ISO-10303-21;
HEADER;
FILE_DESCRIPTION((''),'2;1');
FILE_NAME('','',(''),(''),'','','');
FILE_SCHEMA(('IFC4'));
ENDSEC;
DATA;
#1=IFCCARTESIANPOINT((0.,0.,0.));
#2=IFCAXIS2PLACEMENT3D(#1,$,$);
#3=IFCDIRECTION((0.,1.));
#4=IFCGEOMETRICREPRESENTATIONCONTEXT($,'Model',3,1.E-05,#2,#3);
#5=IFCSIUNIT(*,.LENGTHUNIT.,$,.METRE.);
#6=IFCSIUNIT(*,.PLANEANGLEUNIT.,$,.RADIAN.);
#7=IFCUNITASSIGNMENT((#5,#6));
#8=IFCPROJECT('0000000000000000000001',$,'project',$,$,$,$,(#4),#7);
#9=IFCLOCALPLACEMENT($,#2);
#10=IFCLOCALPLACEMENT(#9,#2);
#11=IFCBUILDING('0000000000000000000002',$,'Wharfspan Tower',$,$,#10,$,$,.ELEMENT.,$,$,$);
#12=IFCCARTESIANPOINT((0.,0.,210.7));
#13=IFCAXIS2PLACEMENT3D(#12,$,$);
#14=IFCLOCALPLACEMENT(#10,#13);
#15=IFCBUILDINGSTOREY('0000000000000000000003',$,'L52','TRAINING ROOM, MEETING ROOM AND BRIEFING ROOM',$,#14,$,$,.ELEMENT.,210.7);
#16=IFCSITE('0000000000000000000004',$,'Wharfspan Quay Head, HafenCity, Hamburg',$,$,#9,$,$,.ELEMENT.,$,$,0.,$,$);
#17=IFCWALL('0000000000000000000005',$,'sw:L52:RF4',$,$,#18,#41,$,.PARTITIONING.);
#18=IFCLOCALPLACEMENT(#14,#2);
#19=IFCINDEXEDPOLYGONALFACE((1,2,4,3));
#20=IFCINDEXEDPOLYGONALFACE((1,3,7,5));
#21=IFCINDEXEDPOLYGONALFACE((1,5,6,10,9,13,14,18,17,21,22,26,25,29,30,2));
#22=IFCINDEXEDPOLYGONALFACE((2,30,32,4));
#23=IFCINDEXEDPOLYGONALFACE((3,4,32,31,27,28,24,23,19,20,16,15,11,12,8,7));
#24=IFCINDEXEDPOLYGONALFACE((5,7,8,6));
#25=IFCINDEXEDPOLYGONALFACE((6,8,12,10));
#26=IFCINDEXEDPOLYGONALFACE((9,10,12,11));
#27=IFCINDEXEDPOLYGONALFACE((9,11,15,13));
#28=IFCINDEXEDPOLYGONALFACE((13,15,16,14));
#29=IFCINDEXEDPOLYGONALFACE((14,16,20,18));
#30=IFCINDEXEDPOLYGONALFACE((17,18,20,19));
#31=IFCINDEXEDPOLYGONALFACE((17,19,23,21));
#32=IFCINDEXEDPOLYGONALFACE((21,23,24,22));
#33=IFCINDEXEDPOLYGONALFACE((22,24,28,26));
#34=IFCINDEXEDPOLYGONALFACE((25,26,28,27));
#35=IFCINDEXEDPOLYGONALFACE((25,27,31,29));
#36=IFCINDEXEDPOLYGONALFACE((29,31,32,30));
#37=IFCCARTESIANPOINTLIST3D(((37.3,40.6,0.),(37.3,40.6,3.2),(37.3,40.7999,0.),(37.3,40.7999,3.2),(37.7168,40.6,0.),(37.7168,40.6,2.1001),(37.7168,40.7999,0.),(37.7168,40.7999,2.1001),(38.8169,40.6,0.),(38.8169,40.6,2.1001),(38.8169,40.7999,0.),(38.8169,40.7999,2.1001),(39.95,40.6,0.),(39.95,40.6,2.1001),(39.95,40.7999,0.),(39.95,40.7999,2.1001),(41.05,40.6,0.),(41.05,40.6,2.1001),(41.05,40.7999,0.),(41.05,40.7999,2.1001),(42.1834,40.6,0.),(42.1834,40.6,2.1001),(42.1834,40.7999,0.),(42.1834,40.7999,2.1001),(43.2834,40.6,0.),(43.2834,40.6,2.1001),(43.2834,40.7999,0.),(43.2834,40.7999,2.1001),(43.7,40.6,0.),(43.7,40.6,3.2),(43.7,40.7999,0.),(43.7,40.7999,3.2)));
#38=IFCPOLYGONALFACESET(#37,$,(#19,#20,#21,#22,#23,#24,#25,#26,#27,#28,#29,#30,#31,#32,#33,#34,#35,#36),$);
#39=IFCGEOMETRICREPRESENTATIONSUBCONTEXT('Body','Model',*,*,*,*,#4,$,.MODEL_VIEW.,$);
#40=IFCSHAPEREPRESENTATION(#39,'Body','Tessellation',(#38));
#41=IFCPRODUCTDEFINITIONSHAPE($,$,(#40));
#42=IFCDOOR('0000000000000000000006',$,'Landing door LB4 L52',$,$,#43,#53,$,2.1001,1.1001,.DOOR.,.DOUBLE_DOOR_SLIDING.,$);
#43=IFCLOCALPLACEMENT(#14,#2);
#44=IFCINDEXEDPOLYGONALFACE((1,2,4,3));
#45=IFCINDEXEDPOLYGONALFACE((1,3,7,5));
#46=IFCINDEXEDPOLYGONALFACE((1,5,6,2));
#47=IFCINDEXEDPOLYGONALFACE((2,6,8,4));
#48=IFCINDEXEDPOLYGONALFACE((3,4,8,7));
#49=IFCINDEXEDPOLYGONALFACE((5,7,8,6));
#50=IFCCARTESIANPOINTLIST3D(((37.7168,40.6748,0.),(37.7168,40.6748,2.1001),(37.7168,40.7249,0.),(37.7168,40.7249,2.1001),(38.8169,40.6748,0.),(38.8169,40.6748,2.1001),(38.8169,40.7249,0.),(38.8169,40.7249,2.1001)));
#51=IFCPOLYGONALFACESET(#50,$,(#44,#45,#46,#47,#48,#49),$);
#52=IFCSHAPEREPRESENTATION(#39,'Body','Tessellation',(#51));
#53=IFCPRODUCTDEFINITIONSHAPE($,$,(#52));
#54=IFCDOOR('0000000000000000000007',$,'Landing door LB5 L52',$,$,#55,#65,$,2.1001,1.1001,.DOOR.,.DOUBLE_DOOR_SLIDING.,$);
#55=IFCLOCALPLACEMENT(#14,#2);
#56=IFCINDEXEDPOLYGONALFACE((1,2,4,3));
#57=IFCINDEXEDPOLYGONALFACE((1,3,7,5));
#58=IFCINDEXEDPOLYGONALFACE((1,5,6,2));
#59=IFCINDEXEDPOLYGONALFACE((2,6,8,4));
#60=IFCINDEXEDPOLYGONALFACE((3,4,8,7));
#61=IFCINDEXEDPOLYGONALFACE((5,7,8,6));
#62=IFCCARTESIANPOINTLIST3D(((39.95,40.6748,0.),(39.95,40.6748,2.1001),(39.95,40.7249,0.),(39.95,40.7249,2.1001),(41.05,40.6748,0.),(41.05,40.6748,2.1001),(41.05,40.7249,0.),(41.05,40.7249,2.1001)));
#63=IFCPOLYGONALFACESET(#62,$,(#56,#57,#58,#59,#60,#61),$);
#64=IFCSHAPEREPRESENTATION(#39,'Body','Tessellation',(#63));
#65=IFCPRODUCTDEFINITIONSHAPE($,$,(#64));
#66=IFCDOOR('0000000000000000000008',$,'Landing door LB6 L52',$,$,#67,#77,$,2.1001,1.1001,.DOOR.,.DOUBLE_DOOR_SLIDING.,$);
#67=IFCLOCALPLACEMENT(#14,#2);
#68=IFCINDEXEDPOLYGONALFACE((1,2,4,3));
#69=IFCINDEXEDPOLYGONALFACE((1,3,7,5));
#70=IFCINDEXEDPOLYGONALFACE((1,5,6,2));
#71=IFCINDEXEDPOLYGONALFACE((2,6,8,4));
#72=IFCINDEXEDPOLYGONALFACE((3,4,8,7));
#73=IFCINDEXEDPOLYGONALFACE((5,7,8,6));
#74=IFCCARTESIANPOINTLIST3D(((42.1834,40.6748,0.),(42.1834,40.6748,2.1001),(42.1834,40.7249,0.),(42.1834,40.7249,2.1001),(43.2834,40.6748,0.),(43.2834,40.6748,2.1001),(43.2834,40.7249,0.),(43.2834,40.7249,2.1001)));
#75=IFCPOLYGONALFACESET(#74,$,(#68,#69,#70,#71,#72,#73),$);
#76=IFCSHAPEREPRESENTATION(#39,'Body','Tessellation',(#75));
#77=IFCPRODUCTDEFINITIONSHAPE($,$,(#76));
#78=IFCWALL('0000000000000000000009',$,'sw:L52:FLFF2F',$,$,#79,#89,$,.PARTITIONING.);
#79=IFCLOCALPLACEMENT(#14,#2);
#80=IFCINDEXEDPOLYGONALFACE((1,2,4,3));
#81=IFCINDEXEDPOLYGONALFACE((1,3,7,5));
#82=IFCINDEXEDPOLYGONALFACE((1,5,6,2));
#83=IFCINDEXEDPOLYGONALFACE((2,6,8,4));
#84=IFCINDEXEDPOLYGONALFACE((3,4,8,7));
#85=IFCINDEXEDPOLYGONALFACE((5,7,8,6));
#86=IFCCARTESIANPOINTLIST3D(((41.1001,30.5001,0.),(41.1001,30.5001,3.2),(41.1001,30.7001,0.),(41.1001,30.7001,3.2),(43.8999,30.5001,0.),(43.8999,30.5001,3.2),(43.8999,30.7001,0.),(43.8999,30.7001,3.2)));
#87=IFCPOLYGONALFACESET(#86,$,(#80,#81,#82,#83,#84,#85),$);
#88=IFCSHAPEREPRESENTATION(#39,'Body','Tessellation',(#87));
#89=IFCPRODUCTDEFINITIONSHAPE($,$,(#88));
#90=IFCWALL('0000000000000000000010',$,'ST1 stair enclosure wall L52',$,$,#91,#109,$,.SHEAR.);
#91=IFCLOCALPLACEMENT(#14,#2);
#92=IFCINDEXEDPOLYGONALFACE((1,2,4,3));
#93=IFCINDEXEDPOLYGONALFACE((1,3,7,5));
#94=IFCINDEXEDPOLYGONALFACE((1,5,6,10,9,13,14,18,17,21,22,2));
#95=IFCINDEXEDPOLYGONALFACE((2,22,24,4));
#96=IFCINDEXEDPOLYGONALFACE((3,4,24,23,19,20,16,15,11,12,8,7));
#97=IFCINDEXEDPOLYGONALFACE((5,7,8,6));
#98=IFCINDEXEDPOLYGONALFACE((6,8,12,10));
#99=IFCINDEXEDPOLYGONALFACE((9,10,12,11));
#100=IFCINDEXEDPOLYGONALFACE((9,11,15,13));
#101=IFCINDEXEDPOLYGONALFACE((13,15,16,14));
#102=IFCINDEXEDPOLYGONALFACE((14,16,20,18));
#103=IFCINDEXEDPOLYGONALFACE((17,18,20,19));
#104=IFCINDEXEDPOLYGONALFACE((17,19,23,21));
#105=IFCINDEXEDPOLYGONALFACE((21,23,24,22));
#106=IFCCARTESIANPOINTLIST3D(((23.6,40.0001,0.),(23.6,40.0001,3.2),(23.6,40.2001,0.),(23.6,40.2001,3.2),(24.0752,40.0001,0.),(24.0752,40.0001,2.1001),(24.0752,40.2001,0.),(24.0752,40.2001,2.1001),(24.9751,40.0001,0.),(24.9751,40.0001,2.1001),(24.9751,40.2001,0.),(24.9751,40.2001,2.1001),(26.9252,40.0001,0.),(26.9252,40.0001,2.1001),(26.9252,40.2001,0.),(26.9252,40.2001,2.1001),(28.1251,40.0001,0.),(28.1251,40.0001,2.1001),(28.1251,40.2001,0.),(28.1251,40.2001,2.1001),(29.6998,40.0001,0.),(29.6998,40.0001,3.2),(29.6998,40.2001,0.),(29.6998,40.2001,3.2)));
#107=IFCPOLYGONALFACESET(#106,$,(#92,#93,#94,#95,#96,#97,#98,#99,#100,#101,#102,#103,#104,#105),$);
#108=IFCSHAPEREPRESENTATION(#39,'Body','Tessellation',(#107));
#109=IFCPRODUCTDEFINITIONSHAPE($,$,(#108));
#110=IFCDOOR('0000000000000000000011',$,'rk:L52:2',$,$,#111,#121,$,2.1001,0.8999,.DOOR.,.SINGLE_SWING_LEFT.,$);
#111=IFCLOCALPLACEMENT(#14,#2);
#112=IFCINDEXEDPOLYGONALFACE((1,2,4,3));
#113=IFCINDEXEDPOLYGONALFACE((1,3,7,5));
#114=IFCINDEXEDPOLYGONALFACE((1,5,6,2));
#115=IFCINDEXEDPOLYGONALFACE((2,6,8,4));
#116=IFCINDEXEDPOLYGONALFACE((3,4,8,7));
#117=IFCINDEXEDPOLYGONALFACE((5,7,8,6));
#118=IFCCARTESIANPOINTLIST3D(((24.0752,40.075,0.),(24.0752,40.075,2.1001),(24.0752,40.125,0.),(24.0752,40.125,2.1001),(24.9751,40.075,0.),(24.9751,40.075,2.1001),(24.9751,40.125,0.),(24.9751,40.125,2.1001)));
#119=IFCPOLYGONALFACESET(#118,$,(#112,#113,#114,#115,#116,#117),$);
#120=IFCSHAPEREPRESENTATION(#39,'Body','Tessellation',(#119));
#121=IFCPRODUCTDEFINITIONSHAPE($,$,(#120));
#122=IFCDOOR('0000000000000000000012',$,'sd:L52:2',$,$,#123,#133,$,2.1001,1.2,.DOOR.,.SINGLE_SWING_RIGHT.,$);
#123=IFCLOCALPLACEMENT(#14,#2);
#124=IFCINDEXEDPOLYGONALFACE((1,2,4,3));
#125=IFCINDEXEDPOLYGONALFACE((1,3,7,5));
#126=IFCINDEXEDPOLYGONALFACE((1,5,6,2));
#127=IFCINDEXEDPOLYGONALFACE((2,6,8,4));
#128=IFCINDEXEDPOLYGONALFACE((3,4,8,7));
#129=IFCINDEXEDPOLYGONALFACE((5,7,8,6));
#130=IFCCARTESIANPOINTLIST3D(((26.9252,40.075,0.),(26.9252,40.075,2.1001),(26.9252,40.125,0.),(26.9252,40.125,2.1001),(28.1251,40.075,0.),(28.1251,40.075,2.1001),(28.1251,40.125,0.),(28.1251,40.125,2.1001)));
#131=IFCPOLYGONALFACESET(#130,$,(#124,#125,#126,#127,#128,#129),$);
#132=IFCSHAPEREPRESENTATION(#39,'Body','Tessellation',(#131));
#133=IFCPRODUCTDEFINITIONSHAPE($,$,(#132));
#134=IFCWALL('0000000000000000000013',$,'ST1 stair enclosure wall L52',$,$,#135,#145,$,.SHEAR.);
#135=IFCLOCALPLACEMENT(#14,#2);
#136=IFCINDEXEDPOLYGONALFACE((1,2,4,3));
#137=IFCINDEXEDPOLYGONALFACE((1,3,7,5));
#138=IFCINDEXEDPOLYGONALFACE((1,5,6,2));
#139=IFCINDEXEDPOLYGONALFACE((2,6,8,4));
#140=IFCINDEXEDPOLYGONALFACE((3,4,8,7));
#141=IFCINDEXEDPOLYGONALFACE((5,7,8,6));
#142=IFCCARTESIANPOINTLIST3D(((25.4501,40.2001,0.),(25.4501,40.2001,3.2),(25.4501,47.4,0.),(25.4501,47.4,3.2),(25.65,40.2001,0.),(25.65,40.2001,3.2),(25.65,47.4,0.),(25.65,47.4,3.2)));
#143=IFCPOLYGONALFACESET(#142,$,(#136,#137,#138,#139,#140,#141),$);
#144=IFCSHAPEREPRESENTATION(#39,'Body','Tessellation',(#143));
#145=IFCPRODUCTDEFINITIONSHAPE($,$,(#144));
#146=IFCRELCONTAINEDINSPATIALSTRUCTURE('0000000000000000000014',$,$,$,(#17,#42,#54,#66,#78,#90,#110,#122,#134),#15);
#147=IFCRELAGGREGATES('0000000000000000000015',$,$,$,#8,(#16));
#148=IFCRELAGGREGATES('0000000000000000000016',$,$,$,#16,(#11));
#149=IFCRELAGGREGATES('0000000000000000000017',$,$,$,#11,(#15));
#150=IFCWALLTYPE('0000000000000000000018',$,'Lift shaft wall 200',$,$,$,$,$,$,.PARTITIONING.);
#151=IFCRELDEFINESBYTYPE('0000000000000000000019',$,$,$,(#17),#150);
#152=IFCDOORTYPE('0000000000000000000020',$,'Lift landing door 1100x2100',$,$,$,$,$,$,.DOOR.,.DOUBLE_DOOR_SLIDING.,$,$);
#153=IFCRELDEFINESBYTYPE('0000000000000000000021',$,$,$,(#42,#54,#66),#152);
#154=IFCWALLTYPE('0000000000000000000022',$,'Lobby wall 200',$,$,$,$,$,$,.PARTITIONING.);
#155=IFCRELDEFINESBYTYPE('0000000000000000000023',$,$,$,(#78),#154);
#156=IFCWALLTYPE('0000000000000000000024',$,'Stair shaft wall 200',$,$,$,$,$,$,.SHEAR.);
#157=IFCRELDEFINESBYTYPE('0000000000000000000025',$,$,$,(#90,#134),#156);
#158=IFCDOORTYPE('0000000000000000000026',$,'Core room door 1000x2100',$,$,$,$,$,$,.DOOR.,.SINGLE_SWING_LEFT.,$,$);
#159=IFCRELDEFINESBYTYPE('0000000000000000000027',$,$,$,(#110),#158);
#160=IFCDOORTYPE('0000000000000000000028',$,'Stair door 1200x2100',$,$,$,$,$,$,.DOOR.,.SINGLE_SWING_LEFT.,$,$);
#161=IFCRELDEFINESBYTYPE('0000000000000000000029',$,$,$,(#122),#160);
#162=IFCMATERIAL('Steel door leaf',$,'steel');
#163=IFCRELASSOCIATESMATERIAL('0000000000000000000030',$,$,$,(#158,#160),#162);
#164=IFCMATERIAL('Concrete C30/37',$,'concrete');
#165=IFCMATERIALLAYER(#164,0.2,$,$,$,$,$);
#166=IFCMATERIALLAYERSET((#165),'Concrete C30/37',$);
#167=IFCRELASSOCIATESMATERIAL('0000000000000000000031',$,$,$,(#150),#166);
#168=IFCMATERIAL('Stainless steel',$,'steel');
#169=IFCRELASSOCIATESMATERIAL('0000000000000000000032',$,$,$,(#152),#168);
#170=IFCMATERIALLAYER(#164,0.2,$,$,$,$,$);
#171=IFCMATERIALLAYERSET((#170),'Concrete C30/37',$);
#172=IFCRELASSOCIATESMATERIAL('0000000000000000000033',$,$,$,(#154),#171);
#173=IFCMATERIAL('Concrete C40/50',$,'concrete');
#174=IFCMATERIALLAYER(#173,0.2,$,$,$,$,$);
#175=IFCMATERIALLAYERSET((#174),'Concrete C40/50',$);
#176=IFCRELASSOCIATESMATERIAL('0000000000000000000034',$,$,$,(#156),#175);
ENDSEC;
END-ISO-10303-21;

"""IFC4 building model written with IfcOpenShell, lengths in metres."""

from ifc_helpers import new_model, si_unit, direction, frame, frame_2d, origin, place, context, subcontext, project, spatial, rectangle, extrude, material, layer, layer_set, type_object, element, fill, save


model = new_model("IFC4")

# Units and contexts
model_context = context("Model", 3, precision=1e-05, world=origin(), true_north=direction((0.0, 1.0)))
body_context = subcontext(model_context, "Body", "Model", "MODEL_VIEW")
ifc_project = project(units=[si_unit("LENGTHUNIT", "METRE"), si_unit("PLANEANGLEUNIT", "RADIAN")], contexts=[model_context])

# Site, building, storey
site_placement = place(None, origin())
site = spatial("IfcSite", under=ifc_project, at=site_placement, Name="Wharfspan Quay Head, HafenCity, Hamburg", CompositionType="ELEMENT", RefElevation=0.0)
building_placement = place(site_placement, origin())
building = spatial("IfcBuilding", under=site, at=building_placement, Name="Wharfspan Tower", CompositionType="ELEMENT")
storey_placement = place(building_placement, frame((0.0, 0.0, 210.7)))
storey = spatial("IfcBuildingStorey", under=building, at=storey_placement, Name="L52", Description="TRAINING ROOM, MEETING ROOM AND BRIEFING ROOM", CompositionType="ELEMENT", Elevation=210.7)

# Shared definitions
ifc_material_1 = material(Name="Steel door leaf", Category="steel")

# Wall, openings, doors
door_type_1 = type_object("IfcDoorType", Name="Core room door 1000x2100", OperationType="SINGLE_SWING_LEFT", PredefinedType="DOOR", material=ifc_material_1)
ifc_material_2 = material(Name="Concrete C30/37", Category="concrete")
ifc_layer_1 = layer(ifc_material_2, 0.2)
ifc_layer_set_1 = layer_set([ifc_layer_1], Name="Concrete C30/37")
wall_type_1 = type_object("IfcWallType", Name="Lift shaft wall 200", PredefinedType="PARTITIONING", material=ifc_layer_set_1)
ifc_material_3 = material(Name="Stainless steel", Category="steel")
door_type_2 = type_object("IfcDoorType", Name="Lift landing door 1100x2100", OperationType="DOUBLE_DOOR_SLIDING", PredefinedType="DOOR", material=ifc_material_3)
wall_1_placement = place(storey_placement, frame((37.3, 40.7, 0.0), z_axis=(0.0, 0.0, 1.0), x_axis=(1.0, 0.0, 0.0)))
wall_1 = element("IfcWall", 1, at=wall_1_placement, inside=storey, type_object=wall_type_1, Name="sw:L52:RF4", PredefinedType="PARTITIONING", context=body_context, shape_type="SweptSolid", body=[
    extrude(rectangle(XDim=6.3999, YDim=0.2, at=frame_2d((3.2, 0.0))), origin(), (0.0, 0.0, 1.0), 3.2),
])
opening_1_placement = place(wall_1_placement, frame((0.4167, 0.0, 0.0)))
opening_1 = element("IfcOpeningElement", 2, at=opening_1_placement, cuts=wall_1, PredefinedType="OPENING", context=body_context, shape_type="SweptSolid", body=[
    extrude(rectangle(XDim=1.1001, YDim=2.1001, at=frame_2d((0.55, 1.05))), frame((0.0, 0.1099, 0.0), z_axis=(0.0, -1.0, 0.0), x_axis=(1.0, 0.0, 0.0)), (0.0, 0.0, 1.0), 0.22),
])
opening_2_placement = place(wall_1_placement, frame((2.6499, 0.0, 0.0)))
opening_2 = element("IfcOpeningElement", 3, at=opening_2_placement, cuts=wall_1, PredefinedType="OPENING", context=body_context, shape_type="SweptSolid", body=[
    extrude(rectangle(XDim=1.1001, YDim=2.1001, at=frame_2d((0.55, 1.05))), frame((0.0, 0.1099, 0.0), z_axis=(0.0, -1.0, 0.0), x_axis=(1.0, 0.0, 0.0)), (0.0, 0.0, 1.0), 0.22),
])
opening_3_placement = place(wall_1_placement, frame((4.8833, 0.0, 0.0)))
opening_3 = element("IfcOpeningElement", 4, at=opening_3_placement, cuts=wall_1, PredefinedType="OPENING", context=body_context, shape_type="SweptSolid", body=[
    extrude(rectangle(XDim=1.1001, YDim=2.1001, at=frame_2d((0.55, 1.05))), frame((0.0, 0.1099, 0.0), z_axis=(0.0, -1.0, 0.0), x_axis=(1.0, 0.0, 0.0)), (0.0, 0.0, 1.0), 0.22),
])
door_1_placement = place(opening_1_placement, origin())
door_1 = element("IfcDoor", 5, at=door_1_placement, inside=storey, type_object=door_type_2, Name="Landing door LB4 L52", OperationType="DOUBLE_DOOR_SLIDING", OverallHeight=2.1001, OverallWidth=1.1001, PredefinedType="DOOR", context=body_context, shape_type="SweptSolid", body=[
    extrude(rectangle(XDim=1.1001, YDim=2.1001, at=frame_2d((0.55, 1.05))), frame((0.0, 0.0249, 0.0), z_axis=(0.0, -1.0, 0.0), x_axis=(1.0, 0.0, 0.0)), (0.0, 0.0, 1.0), 0.05),
])
fill(opening_1, door_1)
door_2_placement = place(opening_2_placement, origin())
door_2 = element("IfcDoor", 6, at=door_2_placement, inside=storey, type_object=door_type_2, Name="Landing door LB5 L52", OperationType="DOUBLE_DOOR_SLIDING", OverallHeight=2.1001, OverallWidth=1.1001, PredefinedType="DOOR", context=body_context, shape_type="SweptSolid", body=[
    extrude(rectangle(XDim=1.1001, YDim=2.1001, at=frame_2d((0.55, 1.05))), frame((0.0, 0.0249, 0.0), z_axis=(0.0, -1.0, 0.0), x_axis=(1.0, 0.0, 0.0)), (0.0, 0.0, 1.0), 0.05),
])
fill(opening_2, door_2)
door_3_placement = place(opening_3_placement, origin())
door_3 = element("IfcDoor", 7, at=door_3_placement, inside=storey, type_object=door_type_2, Name="Landing door LB6 L52", OperationType="DOUBLE_DOOR_SLIDING", OverallHeight=2.1001, OverallWidth=1.1001, PredefinedType="DOOR", context=body_context, shape_type="SweptSolid", body=[
    extrude(rectangle(XDim=1.1001, YDim=2.1001, at=frame_2d((0.55, 1.05))), frame((0.0, 0.0249, 0.0), z_axis=(0.0, -1.0, 0.0), x_axis=(1.0, 0.0, 0.0)), (0.0, 0.0, 1.0), 0.05),
])
fill(opening_3, door_3)

# Wall
ifc_layer_2 = layer(ifc_material_2, 0.2)
ifc_layer_set_2 = layer_set([ifc_layer_2], Name="Concrete C30/37")
wall_type_2 = type_object("IfcWallType", Name="Lobby wall 200", PredefinedType="PARTITIONING", material=ifc_layer_set_2)
wall_2_placement = place(storey_placement, frame((41.1001, 30.6001, 0.0), z_axis=(0.0, 0.0, 1.0), x_axis=(1.0, 0.0, 0.0)))
element("IfcWall", 8, at=wall_2_placement, inside=storey, type_object=wall_type_2, Name="sw:L52:FLFF2F", PredefinedType="PARTITIONING", context=body_context, shape_type="SweptSolid", body=[
    extrude(rectangle(XDim=2.7998, YDim=0.2, at=frame_2d((1.3999, 0.0))), origin(), (0.0, 0.0, 1.0), 3.2),
])

# Wall, openings, doors
ifc_material_4 = material(Name="Concrete C40/50", Category="concrete")
ifc_layer_3 = layer(ifc_material_4, 0.2)
ifc_layer_set_3 = layer_set([ifc_layer_3], Name="Concrete C40/50")
wall_type_3 = type_object("IfcWallType", Name="Stair shaft wall 200", PredefinedType="SHEAR", material=ifc_layer_set_3)
wall_3_placement = place(storey_placement, frame((23.6001, 40.1001, 0.0), z_axis=(0.0, 0.0, 1.0), x_axis=(1.0, 0.0, 0.0)))
wall_3 = element("IfcWall", 9, at=wall_3_placement, inside=storey, type_object=wall_type_3, Name="ST1 stair enclosure wall L52", PredefinedType="SHEAR", context=body_context, shape_type="SweptSolid", body=[
    extrude(rectangle(XDim=6.0999, YDim=0.2, at=frame_2d((3.0498, 0.0))), origin(), (0.0, 0.0, 1.0), 3.2),
])
opening_4_placement = place(wall_3_placement, frame((3.325, 0.0, 0.0)))
opening_4 = element("IfcOpeningElement", 10, at=opening_4_placement, cuts=wall_3, PredefinedType="OPENING", context=body_context, shape_type="SweptSolid", body=[
    extrude(rectangle(XDim=1.2, YDim=2.1001, at=frame_2d((0.6001, 1.05))), frame((0.0, 0.1099, 0.0), z_axis=(0.0, -1.0, 0.0), x_axis=(1.0, 0.0, 0.0)), (0.0, 0.0, 1.0), 0.22),
])
opening_5_placement = place(wall_3_placement, frame((0.4751, 0.0, 0.0)))
opening_5 = element("IfcOpeningElement", 11, at=opening_5_placement, cuts=wall_3, PredefinedType="OPENING", context=body_context, shape_type="SweptSolid", body=[
    extrude(rectangle(XDim=0.8999, YDim=2.1001, at=frame_2d((0.45, 1.05))), frame((0.0, 0.1099, 0.0), z_axis=(0.0, -1.0, 0.0), x_axis=(1.0, 0.0, 0.0)), (0.0, 0.0, 1.0), 0.22),
])
door_4_placement = place(opening_5_placement, origin())
door_4 = element("IfcDoor", 12, at=door_4_placement, inside=storey, type_object=door_type_1, Name="rk:L52:2", OperationType="SINGLE_SWING_LEFT", OverallHeight=2.1001, OverallWidth=0.8999, PredefinedType="DOOR", context=body_context, shape_type="SweptSolid", body=[
    extrude(rectangle(XDim=0.8999, YDim=2.1001, at=frame_2d((0.45, 1.05))), frame((0.0, 0.0249, 0.0), z_axis=(0.0, -1.0, 0.0), x_axis=(1.0, 0.0, 0.0)), (0.0, 0.0, 1.0), 0.05),
])
fill(opening_5, door_4)
door_type_3 = type_object("IfcDoorType", Name="Stair door 1200x2100", OperationType="SINGLE_SWING_LEFT", PredefinedType="DOOR", material=ifc_material_1)
door_5_placement = place(opening_4_placement, origin())
door_5 = element("IfcDoor", 13, at=door_5_placement, inside=storey, type_object=door_type_3, Name="sd:L52:2", OperationType="SINGLE_SWING_RIGHT", OverallHeight=2.1001, OverallWidth=1.2, PredefinedType="DOOR", context=body_context, shape_type="SweptSolid", body=[
    extrude(rectangle(XDim=1.2, YDim=2.1001, at=frame_2d((0.6001, 1.05))), frame((0.0, 0.0249, 0.0), z_axis=(0.0, -1.0, 0.0), x_axis=(1.0, 0.0, 0.0)), (0.0, 0.0, 1.0), 0.05),
])
fill(opening_4, door_5)

# Wall
wall_4_placement = place(storey_placement, frame((25.55, 40.2, 0.0), z_axis=(0.0, 0.0, 1.0), x_axis=(0.0, 1.0, 0.0)))
element("IfcWall", 14, at=wall_4_placement, inside=storey, type_object=wall_type_3, Name="ST1 stair enclosure wall L52", PredefinedType="SHEAR", context=body_context, shape_type="SweptSolid", body=[
    extrude(rectangle(XDim=7.2, YDim=0.2, at=frame_2d((3.6001, 0.0))), origin(), (0.0, 0.0, 1.0), 3.2),
])

save(model, "model.ifc")
